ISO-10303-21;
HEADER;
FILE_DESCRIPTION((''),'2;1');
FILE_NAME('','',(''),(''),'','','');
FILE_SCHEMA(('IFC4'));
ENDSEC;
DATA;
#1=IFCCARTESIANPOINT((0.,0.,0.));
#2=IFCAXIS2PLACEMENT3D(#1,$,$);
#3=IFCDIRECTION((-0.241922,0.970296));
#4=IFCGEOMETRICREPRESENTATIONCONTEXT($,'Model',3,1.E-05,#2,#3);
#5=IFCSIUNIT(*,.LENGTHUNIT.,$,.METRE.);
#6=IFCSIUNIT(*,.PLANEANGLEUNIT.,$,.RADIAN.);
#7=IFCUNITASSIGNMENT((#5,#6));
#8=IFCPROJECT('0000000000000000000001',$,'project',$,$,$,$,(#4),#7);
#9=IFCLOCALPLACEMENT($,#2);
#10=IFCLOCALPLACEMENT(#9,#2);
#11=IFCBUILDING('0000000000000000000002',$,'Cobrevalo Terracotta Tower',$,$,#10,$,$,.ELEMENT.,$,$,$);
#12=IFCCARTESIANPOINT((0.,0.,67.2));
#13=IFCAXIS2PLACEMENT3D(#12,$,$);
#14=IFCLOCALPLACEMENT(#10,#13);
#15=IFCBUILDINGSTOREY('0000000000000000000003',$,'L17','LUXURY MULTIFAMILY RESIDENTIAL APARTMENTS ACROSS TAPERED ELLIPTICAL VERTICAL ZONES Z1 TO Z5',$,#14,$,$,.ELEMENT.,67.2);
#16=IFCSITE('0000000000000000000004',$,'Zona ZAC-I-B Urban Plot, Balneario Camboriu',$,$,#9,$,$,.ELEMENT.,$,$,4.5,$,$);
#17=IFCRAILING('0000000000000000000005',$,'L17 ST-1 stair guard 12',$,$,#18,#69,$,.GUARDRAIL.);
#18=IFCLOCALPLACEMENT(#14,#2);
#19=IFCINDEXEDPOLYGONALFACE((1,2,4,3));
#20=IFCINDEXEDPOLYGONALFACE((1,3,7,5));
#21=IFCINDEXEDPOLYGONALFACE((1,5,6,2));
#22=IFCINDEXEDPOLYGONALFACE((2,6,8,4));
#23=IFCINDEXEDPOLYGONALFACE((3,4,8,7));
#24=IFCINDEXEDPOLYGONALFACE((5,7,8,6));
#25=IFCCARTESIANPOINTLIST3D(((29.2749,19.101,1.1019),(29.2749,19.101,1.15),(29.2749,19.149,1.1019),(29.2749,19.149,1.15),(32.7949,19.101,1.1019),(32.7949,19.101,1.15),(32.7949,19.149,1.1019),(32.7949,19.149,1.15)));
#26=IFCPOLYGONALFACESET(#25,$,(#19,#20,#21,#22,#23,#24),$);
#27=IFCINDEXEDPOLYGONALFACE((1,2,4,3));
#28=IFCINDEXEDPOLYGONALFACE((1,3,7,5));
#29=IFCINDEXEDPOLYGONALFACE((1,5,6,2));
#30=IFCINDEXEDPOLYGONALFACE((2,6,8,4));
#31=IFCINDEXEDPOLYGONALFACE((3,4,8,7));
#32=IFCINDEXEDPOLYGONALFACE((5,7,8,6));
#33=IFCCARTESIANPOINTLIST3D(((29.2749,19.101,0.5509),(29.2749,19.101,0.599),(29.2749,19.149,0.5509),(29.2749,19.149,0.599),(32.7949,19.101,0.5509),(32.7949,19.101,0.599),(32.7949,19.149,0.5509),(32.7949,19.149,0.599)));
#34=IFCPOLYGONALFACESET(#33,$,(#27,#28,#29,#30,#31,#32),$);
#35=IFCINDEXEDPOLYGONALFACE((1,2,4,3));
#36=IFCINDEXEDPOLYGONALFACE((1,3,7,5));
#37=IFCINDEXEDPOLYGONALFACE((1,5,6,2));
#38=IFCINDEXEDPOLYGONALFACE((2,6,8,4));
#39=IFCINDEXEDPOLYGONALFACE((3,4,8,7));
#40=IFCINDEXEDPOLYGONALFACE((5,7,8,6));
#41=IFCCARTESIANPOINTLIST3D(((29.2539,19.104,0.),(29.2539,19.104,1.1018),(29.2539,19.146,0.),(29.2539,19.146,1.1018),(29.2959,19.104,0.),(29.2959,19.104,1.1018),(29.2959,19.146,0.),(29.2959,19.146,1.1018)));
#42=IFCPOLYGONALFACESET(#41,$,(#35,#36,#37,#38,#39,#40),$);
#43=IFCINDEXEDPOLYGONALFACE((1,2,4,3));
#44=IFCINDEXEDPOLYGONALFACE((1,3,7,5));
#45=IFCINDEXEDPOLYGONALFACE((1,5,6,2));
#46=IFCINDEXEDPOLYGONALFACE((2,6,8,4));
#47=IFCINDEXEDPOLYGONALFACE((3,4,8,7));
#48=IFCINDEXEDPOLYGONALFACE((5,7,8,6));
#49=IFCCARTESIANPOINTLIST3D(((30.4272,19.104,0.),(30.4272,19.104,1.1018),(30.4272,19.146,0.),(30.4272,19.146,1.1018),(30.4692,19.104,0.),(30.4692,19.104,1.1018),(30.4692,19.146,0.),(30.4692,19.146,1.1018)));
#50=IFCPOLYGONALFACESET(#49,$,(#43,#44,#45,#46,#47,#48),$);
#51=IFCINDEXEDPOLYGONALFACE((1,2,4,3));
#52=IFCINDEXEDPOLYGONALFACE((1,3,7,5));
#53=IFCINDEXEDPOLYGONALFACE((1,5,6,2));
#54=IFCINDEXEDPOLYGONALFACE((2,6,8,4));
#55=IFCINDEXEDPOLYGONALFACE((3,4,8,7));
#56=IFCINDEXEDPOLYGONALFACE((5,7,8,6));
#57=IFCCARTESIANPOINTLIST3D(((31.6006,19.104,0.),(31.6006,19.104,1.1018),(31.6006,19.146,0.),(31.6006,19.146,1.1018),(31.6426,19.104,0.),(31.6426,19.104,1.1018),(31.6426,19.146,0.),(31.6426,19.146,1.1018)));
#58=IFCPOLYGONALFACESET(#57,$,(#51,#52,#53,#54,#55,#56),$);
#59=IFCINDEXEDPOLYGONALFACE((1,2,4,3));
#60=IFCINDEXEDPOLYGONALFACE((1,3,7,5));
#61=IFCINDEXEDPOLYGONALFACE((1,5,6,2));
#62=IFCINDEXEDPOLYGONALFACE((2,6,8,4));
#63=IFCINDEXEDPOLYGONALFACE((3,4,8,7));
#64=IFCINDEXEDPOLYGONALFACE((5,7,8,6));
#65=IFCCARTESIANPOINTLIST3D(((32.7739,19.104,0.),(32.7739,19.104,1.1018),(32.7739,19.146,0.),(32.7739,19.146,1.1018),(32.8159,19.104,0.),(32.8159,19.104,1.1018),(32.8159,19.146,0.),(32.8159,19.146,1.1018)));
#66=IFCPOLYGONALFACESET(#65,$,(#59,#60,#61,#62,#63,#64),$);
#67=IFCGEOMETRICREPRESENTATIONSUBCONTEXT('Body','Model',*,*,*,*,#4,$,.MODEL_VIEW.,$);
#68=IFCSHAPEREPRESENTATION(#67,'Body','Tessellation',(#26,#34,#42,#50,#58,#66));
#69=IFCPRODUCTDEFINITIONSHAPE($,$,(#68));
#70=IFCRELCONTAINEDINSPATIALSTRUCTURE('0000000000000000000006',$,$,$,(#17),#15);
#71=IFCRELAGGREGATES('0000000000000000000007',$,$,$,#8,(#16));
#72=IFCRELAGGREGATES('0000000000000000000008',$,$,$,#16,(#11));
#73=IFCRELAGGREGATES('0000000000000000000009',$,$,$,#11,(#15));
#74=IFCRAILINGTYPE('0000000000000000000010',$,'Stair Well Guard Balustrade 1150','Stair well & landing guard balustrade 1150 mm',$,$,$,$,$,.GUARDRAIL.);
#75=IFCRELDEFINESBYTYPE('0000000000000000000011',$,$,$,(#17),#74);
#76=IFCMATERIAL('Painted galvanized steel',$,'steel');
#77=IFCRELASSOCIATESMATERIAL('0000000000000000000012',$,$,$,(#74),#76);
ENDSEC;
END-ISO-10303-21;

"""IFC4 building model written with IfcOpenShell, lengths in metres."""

from ifc_helpers import new_model, si_unit, direction, frame, origin, origin_2d, place, context, subcontext, project, spatial, rectangle, extrude, material, type_object, element, save


model = new_model("IFC4")

# Units and contexts
model_context = context("Model", 3, precision=1e-05, world=origin(), true_north=direction((-0.241922, 0.970296)))
body_context = subcontext(model_context, "Body", "Model", "MODEL_VIEW")
ifc_project = project(units=[si_unit("LENGTHUNIT", "METRE"), si_unit("PLANEANGLEUNIT", "RADIAN")], contexts=[model_context])

# Site, building, storey
site_placement = place(None, origin())
site = spatial("IfcSite", under=ifc_project, at=site_placement, Name="Zona ZAC-I-B Urban Plot, Balneario Camboriu", CompositionType="ELEMENT", RefElevation=4.5)
building_placement = place(site_placement, origin())
building = spatial("IfcBuilding", under=site, at=building_placement, Name="Cobrevalo Terracotta Tower", CompositionType="ELEMENT")
storey_placement = place(building_placement, frame((0.0, 0.0, 67.2)))
storey = spatial("IfcBuildingStorey", under=building, at=storey_placement, Name="L17", Description="LUXURY MULTIFAMILY RESIDENTIAL APARTMENTS ACROSS TAPERED ELLIPTICAL VERTICAL ZONES Z1 TO Z5", CompositionType="ELEMENT", Elevation=67.2)

# Railing
ifc_material_1 = material(Name="Painted galvanized steel", Category="steel")
railing_type_1 = type_object("IfcRailingType", Name="Stair Well Guard Balustrade 1150", Description="Stair well & landing guard balustrade 1150 mm", PredefinedType="GUARDRAIL", material=ifc_material_1)
railing_1_placement = place(storey_placement, frame((29.2749, 19.125, 0.0)))
element("IfcRailing", 1, at=railing_1_placement, inside=storey, type_object=railing_type_1, Name="L17 ST-1 stair guard 12", PredefinedType="GUARDRAIL", context=body_context, shape_type="SweptSolid", body=[
    extrude(rectangle(XDim=0.0481, YDim=0.0481, at=origin_2d()), frame((0.0, 0.0, 1.126), z_axis=(1.0, 0.0, 0.0), x_axis=(0.0, 1.0, 0.0)), (0.0, 0.0, 1.0), 3.52),
    extrude(rectangle(XDim=0.0481, YDim=0.0481, at=origin_2d()), frame((0.0, 0.0, 0.575), z_axis=(1.0, 0.0, 0.0), x_axis=(0.0, 1.0, 0.0)), (0.0, 0.0, 1.0), 3.52),
    extrude(rectangle(XDim=0.042, YDim=0.042, at=origin_2d()), origin(), (0.0, 0.0, 1.0), 1.1018),
    extrude(rectangle(XDim=0.042, YDim=0.042, at=origin_2d()), frame((1.1733, 0.0, 0.0)), (0.0, 0.0, 1.0), 1.1018),
    extrude(rectangle(XDim=0.042, YDim=0.042, at=origin_2d()), frame((2.3467, 0.0, 0.0)), (0.0, 0.0, 1.0), 1.1018),
    extrude(rectangle(XDim=0.042, YDim=0.042, at=origin_2d()), frame((3.52, 0.0, 0.0)), (0.0, 0.0, 1.0), 1.1018),
])

save(model, "model.ifc")
